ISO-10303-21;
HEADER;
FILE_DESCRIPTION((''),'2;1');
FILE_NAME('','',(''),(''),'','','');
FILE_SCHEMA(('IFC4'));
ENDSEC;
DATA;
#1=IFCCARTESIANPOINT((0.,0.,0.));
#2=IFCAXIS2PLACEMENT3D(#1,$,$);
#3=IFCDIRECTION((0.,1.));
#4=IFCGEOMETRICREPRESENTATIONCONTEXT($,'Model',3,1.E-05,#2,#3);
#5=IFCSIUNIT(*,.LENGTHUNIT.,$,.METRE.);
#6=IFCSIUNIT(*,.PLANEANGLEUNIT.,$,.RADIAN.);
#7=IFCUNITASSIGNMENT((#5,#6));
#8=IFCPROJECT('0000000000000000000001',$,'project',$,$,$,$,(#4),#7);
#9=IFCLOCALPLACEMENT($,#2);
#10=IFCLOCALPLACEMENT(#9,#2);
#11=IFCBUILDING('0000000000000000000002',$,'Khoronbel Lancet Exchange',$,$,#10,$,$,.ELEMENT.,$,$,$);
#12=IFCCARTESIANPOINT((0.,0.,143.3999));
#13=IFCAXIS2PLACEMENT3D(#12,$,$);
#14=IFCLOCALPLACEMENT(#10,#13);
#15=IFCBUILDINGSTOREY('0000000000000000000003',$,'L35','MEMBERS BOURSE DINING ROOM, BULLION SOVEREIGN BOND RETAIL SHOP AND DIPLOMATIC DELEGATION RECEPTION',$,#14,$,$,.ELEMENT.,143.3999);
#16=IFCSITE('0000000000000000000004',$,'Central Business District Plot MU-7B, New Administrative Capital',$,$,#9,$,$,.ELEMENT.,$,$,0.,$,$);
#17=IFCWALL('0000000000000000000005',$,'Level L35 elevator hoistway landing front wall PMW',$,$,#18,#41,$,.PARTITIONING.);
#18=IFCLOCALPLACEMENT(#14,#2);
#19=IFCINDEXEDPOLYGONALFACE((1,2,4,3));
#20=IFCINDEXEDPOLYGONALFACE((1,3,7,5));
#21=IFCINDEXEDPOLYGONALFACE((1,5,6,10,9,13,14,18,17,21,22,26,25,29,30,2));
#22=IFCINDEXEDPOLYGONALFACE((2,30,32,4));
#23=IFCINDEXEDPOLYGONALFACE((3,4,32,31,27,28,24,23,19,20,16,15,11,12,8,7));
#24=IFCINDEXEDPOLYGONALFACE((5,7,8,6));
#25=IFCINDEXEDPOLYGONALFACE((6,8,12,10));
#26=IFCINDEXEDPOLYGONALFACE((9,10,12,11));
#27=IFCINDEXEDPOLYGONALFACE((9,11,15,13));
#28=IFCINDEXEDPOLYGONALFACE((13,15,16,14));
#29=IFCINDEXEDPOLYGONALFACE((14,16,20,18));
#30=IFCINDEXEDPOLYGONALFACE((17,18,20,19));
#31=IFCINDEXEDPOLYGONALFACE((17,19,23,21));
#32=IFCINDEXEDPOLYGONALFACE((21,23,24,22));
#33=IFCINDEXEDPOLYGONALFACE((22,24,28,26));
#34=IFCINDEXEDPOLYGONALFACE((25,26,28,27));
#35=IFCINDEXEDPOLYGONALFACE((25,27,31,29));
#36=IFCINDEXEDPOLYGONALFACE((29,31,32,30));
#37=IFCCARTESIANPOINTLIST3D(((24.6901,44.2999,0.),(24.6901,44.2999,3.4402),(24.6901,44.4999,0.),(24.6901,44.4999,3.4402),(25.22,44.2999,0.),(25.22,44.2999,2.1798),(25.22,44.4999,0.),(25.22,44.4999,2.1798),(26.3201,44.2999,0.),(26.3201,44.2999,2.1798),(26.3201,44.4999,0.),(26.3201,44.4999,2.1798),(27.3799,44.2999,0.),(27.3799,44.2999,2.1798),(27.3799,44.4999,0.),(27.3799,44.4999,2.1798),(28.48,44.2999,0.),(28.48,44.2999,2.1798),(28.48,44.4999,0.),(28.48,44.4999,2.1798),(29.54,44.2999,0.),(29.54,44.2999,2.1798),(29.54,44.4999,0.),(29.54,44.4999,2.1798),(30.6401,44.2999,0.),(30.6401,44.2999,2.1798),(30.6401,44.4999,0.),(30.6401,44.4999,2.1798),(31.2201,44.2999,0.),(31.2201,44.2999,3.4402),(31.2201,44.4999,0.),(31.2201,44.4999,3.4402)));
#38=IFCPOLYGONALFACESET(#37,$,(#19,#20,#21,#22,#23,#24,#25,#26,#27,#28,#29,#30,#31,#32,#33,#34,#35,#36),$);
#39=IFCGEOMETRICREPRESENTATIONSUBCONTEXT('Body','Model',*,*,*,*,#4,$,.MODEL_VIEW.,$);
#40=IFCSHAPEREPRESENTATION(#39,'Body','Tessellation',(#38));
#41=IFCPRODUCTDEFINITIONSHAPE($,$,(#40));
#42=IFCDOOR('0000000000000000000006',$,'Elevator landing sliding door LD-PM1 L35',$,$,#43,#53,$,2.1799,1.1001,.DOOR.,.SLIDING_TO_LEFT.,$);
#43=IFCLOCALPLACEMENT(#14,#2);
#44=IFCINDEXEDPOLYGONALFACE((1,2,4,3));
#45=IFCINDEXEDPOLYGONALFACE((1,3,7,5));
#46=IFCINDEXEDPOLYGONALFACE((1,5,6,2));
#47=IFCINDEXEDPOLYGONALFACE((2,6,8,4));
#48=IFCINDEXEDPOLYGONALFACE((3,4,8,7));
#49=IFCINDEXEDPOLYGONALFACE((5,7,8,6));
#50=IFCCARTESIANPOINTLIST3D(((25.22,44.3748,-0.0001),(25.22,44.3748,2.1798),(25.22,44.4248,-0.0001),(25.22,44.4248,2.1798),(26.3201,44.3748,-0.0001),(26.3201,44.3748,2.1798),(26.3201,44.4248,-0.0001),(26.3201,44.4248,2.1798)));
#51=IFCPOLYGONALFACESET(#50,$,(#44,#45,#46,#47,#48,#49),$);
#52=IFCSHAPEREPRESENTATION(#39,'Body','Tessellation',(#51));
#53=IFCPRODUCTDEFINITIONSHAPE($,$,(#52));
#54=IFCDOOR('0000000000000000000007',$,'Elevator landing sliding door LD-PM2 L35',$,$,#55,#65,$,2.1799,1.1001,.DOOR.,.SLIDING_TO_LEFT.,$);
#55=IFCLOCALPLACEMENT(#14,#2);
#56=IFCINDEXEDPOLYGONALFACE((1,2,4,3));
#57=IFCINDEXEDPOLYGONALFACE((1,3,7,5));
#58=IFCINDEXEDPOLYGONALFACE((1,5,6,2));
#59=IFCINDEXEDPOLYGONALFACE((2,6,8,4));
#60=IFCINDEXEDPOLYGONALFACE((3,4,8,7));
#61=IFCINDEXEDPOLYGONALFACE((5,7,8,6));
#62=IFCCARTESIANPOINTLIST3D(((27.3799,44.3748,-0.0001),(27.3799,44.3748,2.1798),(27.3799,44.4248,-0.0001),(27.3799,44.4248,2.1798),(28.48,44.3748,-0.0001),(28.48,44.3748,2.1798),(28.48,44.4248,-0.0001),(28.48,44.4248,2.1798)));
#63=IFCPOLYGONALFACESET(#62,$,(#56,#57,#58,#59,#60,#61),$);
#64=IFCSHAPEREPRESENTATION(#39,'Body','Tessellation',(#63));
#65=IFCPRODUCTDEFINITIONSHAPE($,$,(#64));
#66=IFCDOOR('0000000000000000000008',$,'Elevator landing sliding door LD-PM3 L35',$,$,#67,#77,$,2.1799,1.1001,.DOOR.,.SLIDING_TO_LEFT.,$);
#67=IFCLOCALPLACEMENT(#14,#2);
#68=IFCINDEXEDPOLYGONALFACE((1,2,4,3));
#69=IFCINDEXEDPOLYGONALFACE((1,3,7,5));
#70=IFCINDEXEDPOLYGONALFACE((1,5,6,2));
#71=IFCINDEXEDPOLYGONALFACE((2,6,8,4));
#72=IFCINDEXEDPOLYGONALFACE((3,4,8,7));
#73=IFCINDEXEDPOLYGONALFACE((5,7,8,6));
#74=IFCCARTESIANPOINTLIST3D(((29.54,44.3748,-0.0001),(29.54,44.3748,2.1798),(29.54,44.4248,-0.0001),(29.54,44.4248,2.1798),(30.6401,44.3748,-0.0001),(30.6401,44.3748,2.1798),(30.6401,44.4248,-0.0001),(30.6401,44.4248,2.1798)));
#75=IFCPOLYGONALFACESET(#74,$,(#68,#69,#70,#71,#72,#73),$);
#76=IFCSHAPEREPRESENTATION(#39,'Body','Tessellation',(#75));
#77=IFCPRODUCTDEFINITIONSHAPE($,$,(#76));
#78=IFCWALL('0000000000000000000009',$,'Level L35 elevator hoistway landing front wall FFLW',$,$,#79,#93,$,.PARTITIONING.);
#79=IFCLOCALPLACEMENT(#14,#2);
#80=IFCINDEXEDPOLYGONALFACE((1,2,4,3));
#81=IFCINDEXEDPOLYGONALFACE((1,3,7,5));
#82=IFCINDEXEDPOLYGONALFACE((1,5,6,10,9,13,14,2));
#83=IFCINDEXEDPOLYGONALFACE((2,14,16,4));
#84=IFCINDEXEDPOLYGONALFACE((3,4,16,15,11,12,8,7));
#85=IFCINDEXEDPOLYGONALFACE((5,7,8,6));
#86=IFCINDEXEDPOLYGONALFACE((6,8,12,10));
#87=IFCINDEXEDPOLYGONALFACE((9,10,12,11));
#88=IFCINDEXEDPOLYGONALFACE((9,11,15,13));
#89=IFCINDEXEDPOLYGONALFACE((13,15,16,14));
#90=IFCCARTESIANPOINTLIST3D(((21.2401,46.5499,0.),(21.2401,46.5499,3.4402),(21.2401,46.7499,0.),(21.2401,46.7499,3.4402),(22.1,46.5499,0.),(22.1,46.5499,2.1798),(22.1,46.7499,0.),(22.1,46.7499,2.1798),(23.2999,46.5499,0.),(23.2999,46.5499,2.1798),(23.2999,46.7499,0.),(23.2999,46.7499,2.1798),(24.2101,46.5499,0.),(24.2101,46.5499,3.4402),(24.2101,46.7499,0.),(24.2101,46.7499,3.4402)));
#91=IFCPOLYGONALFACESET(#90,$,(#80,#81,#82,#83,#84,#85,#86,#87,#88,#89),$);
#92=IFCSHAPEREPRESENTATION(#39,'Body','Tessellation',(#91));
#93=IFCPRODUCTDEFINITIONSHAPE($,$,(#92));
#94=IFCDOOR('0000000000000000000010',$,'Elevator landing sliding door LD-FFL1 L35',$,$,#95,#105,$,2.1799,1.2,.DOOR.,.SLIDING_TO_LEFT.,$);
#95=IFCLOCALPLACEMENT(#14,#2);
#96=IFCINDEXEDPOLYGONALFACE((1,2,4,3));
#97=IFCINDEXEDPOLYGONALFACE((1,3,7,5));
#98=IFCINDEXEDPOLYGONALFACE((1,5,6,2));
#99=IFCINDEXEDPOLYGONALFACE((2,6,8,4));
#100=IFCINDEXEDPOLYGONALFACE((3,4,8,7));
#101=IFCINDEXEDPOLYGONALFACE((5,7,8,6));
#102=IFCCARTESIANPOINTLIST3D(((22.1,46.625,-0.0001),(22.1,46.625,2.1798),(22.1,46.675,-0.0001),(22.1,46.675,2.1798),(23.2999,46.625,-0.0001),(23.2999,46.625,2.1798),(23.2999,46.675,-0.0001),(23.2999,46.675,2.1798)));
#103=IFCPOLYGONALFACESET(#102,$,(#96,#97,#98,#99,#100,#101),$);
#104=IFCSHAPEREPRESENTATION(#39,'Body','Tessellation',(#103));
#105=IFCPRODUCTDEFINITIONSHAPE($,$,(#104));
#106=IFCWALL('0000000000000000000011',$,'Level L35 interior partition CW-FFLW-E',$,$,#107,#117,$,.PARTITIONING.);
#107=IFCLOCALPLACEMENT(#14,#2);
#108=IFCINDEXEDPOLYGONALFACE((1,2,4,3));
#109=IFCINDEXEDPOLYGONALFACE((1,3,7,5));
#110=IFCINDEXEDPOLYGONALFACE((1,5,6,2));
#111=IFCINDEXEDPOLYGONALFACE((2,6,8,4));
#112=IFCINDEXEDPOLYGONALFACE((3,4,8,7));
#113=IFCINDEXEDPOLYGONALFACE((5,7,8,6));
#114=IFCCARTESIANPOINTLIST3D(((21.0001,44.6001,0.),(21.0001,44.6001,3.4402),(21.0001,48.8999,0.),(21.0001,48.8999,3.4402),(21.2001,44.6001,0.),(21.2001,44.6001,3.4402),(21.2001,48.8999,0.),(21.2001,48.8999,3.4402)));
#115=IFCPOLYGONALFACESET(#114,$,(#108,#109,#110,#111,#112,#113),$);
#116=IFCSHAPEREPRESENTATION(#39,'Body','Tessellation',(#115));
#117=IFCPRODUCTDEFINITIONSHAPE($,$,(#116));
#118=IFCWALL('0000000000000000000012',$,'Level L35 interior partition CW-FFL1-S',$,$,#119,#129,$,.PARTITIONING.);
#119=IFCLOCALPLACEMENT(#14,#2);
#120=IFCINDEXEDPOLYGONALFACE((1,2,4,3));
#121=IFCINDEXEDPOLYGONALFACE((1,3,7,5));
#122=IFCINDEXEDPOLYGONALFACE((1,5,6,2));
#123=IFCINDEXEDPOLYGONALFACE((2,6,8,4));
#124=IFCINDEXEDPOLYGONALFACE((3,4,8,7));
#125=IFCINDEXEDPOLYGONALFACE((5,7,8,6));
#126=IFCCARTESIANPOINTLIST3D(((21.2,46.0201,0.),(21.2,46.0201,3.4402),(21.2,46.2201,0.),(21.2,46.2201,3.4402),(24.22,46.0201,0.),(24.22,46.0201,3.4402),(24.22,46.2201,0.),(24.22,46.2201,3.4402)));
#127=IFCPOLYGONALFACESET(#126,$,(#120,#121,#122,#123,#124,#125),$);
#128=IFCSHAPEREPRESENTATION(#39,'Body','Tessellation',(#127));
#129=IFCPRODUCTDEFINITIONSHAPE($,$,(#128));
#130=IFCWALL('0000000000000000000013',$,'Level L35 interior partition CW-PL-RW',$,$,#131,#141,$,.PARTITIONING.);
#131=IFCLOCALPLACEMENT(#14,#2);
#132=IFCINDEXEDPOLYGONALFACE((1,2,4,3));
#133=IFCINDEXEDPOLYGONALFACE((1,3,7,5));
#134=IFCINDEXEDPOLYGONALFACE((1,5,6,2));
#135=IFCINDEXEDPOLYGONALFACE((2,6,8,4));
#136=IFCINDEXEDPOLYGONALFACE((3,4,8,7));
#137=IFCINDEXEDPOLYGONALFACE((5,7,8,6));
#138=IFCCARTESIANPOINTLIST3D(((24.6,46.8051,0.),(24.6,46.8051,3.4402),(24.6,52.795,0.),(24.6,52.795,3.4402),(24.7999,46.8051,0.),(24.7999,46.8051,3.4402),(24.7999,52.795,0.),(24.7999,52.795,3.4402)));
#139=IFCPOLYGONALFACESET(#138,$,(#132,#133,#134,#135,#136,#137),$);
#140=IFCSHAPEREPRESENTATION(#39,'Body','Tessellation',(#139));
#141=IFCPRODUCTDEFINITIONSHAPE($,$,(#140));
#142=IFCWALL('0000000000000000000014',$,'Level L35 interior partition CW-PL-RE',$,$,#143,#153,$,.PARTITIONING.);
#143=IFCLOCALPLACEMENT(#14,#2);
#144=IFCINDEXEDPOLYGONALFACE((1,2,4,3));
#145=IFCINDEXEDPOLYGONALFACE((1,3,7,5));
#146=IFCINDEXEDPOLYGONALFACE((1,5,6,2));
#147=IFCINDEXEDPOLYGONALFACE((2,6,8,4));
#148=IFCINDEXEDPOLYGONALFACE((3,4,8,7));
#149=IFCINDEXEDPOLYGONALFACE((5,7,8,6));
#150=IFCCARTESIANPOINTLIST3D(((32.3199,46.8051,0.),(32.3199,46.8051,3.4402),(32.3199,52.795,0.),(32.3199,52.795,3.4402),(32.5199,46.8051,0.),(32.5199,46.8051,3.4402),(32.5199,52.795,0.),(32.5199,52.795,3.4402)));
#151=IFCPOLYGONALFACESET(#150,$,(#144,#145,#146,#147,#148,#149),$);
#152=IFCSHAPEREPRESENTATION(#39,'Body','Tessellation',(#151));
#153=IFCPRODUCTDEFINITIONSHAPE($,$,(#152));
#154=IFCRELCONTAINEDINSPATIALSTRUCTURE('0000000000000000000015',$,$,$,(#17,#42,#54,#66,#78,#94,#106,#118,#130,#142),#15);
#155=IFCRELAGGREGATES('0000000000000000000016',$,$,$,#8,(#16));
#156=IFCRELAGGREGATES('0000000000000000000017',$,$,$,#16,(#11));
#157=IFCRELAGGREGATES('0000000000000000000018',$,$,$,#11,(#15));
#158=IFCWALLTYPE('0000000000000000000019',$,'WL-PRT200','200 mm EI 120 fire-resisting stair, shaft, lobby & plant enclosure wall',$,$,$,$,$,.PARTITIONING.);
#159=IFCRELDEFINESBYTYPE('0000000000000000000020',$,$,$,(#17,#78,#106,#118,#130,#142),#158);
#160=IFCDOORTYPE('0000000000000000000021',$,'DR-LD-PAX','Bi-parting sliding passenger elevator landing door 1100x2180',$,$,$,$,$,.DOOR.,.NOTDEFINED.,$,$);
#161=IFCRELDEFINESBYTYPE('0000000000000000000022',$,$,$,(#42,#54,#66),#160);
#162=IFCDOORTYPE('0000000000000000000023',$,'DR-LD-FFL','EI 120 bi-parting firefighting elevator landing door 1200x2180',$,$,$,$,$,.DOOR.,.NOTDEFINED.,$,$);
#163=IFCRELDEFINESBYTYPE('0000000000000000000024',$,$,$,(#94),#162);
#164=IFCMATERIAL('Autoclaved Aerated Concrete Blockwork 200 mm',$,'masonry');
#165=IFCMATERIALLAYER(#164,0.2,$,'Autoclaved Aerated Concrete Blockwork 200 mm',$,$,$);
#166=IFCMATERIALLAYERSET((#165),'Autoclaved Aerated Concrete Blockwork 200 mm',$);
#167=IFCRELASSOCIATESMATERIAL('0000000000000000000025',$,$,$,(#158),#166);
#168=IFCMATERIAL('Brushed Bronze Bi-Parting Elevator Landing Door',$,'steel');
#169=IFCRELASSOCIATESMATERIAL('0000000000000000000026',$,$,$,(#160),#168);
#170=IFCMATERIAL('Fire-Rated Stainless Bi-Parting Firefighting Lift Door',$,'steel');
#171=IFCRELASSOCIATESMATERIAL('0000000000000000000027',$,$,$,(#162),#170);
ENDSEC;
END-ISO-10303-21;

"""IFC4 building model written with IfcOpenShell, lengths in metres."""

from ifc_helpers import new_model, si_unit, direction, frame, frame_2d, origin, place, context, subcontext, project, spatial, rectangle, extrude, material, layer, layer_set, type_object, element, fill, save


model = new_model("IFC4")

# Units and contexts
model_context = context("Model", 3, precision=1e-05, world=origin(), true_north=direction((0.0, 1.0)))
body_context = subcontext(model_context, "Body", "Model", "MODEL_VIEW")
ifc_project = project(units=[si_unit("LENGTHUNIT", "METRE"), si_unit("PLANEANGLEUNIT", "RADIAN")], contexts=[model_context])

# Site, building, storey
site_placement = place(None, origin())
site = spatial("IfcSite", under=ifc_project, at=site_placement, Name="Central Business District Plot MU-7B, New Administrative Capital", CompositionType="ELEMENT", RefElevation=0.0)
building_placement = place(site_placement, origin())
building = spatial("IfcBuilding", under=site, at=building_placement, Name="Khoronbel Lancet Exchange", CompositionType="ELEMENT")
storey_placement = place(building_placement, frame((0.0, 0.0, 143.3999)))
storey = spatial("IfcBuildingStorey", under=building, at=storey_placement, Name="L35", Description="MEMBERS BOURSE DINING ROOM, BULLION SOVEREIGN BOND RETAIL SHOP AND DIPLOMATIC DELEGATION RECEPTION", CompositionType="ELEMENT", Elevation=143.3999)

# Wall, openings, doors
ifc_material_1 = material(Name="Autoclaved Aerated Concrete Blockwork 200 mm", Category="masonry")
ifc_layer_1 = layer(ifc_material_1, 0.2, Name="Autoclaved Aerated Concrete Blockwork 200 mm")
ifc_layer_set_1 = layer_set([ifc_layer_1], Name="Autoclaved Aerated Concrete Blockwork 200 mm")
wall_type_1 = type_object("IfcWallType", Name="WL-PRT200", Description="200 mm EI 120 fire-resisting stair, shaft, lobby & plant enclosure wall", PredefinedType="PARTITIONING", material=ifc_layer_set_1)
wall_1_placement = place(storey_placement, frame((24.6899, 44.3999, 0.0), z_axis=(0.0, 0.0, 1.0), x_axis=(1.0, 0.0, 0.0)))
wall_1 = element("IfcWall", 1, at=wall_1_placement, inside=storey, type_object=wall_type_1, Name="Level L35 elevator hoistway landing front wall PMW", PredefinedType="PARTITIONING", context=body_context, shape_type="SweptSolid", body=[
    extrude(rectangle(XDim=6.53, YDim=0.2, at=frame_2d((3.2651, 0.0))), origin(), (0.0, 0.0, 1.0), 3.4402),
])
opening_1_placement = place(wall_1_placement, frame((0.53, 0.0, 0.0)))
opening_1 = element("IfcOpeningElement", 2, at=opening_1_placement, cuts=wall_1, PredefinedType="OPENING", context=body_context, shape_type="SweptSolid", body=[
    extrude(rectangle(XDim=1.1001, YDim=2.1799, at=frame_2d((0.55, 1.0898))), frame((0.0, 0.1099, 0.0), z_axis=(0.0, -1.0, 0.0), x_axis=(1.0, 0.0, 0.0)), (0.0, 0.0, 1.0), 0.22),
])
opening_2_placement = place(wall_1_placement, frame((2.6899, 0.0, 0.0)))
opening_2 = element("IfcOpeningElement", 3, at=opening_2_placement, cuts=wall_1, PredefinedType="OPENING", context=body_context, shape_type="SweptSolid", body=[
    extrude(rectangle(XDim=1.1001, YDim=2.1799, at=frame_2d((0.55, 1.0898))), frame((0.0, 0.1099, 0.0), z_axis=(0.0, -1.0, 0.0), x_axis=(1.0, 0.0, 0.0)), (0.0, 0.0, 1.0), 0.22),
])
opening_3_placement = place(wall_1_placement, frame((4.8501, 0.0, 0.0)))
opening_3 = element("IfcOpeningElement", 4, at=opening_3_placement, cuts=wall_1, PredefinedType="OPENING", context=body_context, shape_type="SweptSolid", body=[
    extrude(rectangle(XDim=1.1001, YDim=2.1799, at=frame_2d((0.55, 1.0898))), frame((0.0, 0.1099, 0.0), z_axis=(0.0, -1.0, 0.0), x_axis=(1.0, 0.0, 0.0)), (0.0, 0.0, 1.0), 0.22),
])
ifc_material_2 = material(Name="Brushed Bronze Bi-Parting Elevator Landing Door", Category="steel")
door_type_1 = type_object("IfcDoorType", Name="DR-LD-PAX", Description="Bi-parting sliding passenger elevator landing door 1100x2180", OperationType="NOTDEFINED", PredefinedType="DOOR", material=ifc_material_2)
door_1_placement = place(opening_1_placement, origin())
door_1 = element("IfcDoor", 5, at=door_1_placement, inside=storey, type_object=door_type_1, Name="Elevator landing sliding door LD-PM1 L35", OperationType="SLIDING_TO_LEFT", OverallHeight=2.1799, OverallWidth=1.1001, PredefinedType="DOOR", context=body_context, shape_type="SweptSolid", body=[
    extrude(rectangle(XDim=1.1001, YDim=2.1799, at=frame_2d((0.55, 1.0898))), frame((0.0, 0.0249, 0.0), z_axis=(0.0, -1.0, 0.0), x_axis=(1.0, 0.0, 0.0)), (0.0, 0.0, 1.0), 0.05),
])
fill(opening_1, door_1)
door_2_placement = place(opening_2_placement, origin())
door_2 = element("IfcDoor", 6, at=door_2_placement, inside=storey, type_object=door_type_1, Name="Elevator landing sliding door LD-PM2 L35", OperationType="SLIDING_TO_LEFT", OverallHeight=2.1799, OverallWidth=1.1001, PredefinedType="DOOR", context=body_context, shape_type="SweptSolid", body=[
    extrude(rectangle(XDim=1.1001, YDim=2.1799, at=frame_2d((0.55, 1.0898))), frame((0.0, 0.0249, 0.0), z_axis=(0.0, -1.0, 0.0), x_axis=(1.0, 0.0, 0.0)), (0.0, 0.0, 1.0), 0.05),
])
fill(opening_2, door_2)
door_3_placement = place(opening_3_placement, origin())
door_3 = element("IfcDoor", 7, at=door_3_placement, inside=storey, type_object=door_type_1, Name="Elevator landing sliding door LD-PM3 L35", OperationType="SLIDING_TO_LEFT", OverallHeight=2.1799, OverallWidth=1.1001, PredefinedType="DOOR", context=body_context, shape_type="SweptSolid", body=[
    extrude(rectangle(XDim=1.1001, YDim=2.1799, at=frame_2d((0.55, 1.0898))), frame((0.0, 0.0249, 0.0), z_axis=(0.0, -1.0, 0.0), x_axis=(1.0, 0.0, 0.0)), (0.0, 0.0, 1.0), 0.05),
])
fill(opening_3, door_3)

# Wall, opening, door
wall_2_placement = place(storey_placement, frame((24.21, 46.6499, 0.0), z_axis=(0.0, 0.0, 1.0), x_axis=(-1.0, 0.0, 0.0)))
wall_2 = element("IfcWall", 8, at=wall_2_placement, inside=storey, type_object=wall_type_1, Name="Level L35 elevator hoistway landing front wall FFLW", PredefinedType="PARTITIONING", context=body_context, shape_type="SweptSolid", body=[
    extrude(rectangle(XDim=2.97, YDim=0.2, at=frame_2d((1.4849, 0.0))), origin(), (0.0, 0.0, 1.0), 3.4402),
])
opening_4_placement = place(wall_2_placement, frame((0.9099, 0.0, 0.0)))
opening_4 = element("IfcOpeningElement", 9, at=opening_4_placement, cuts=wall_2, PredefinedType="OPENING", context=body_context, shape_type="SweptSolid", body=[
    extrude(rectangle(XDim=1.2, YDim=2.1799, at=frame_2d((0.6001, 1.0898))), frame((0.0, 0.1099, 0.0), z_axis=(0.0, -1.0, 0.0), x_axis=(1.0, 0.0, 0.0)), (0.0, 0.0, 1.0), 0.22),
])
ifc_material_3 = material(Name="Fire-Rated Stainless Bi-Parting Firefighting Lift Door", Category="steel")
door_type_2 = type_object("IfcDoorType", Name="DR-LD-FFL", Description="EI 120 bi-parting firefighting elevator landing door 1200x2180", OperationType="NOTDEFINED", PredefinedType="DOOR", material=ifc_material_3)
door_4_placement = place(opening_4_placement, origin())
door_4 = element("IfcDoor", 10, at=door_4_placement, inside=storey, type_object=door_type_2, Name="Elevator landing sliding door LD-FFL1 L35", OperationType="SLIDING_TO_LEFT", OverallHeight=2.1799, OverallWidth=1.2, PredefinedType="DOOR", context=body_context, shape_type="SweptSolid", body=[
    extrude(rectangle(XDim=1.2, YDim=2.1799, at=frame_2d((0.6001, 1.0898))), frame((0.0, 0.0249, 0.0), z_axis=(0.0, -1.0, 0.0), x_axis=(1.0, 0.0, 0.0)), (0.0, 0.0, 1.0), 0.05),
])
fill(opening_4, door_4)

# Walls
wall_3_placement = place(storey_placement, frame((21.1001, 44.6001, 0.0), z_axis=(0.0, 0.0, 1.0), x_axis=(0.0, 1.0, 0.0)))
element("IfcWall", 11, at=wall_3_placement, inside=storey, type_object=wall_type_1, Name="Level L35 interior partition CW-FFLW-E", PredefinedType="PARTITIONING", context=body_context, shape_type="SweptSolid", body=[
    extrude(rectangle(XDim=4.2998, YDim=0.2, at=frame_2d((2.1499, 0.0))), origin(), (0.0, 0.0, 1.0), 3.4402),
])
wall_4_placement = place(storey_placement, frame((21.2, 46.1201, 0.0), z_axis=(0.0, 0.0, 1.0), x_axis=(1.0, 0.0, 0.0)))
element("IfcWall", 12, at=wall_4_placement, inside=storey, type_object=wall_type_1, Name="Level L35 interior partition CW-FFL1-S", PredefinedType="PARTITIONING", context=body_context, shape_type="SweptSolid", body=[
    extrude(rectangle(XDim=3.02, YDim=0.2, at=frame_2d((1.51, 0.0))), origin(), (0.0, 0.0, 1.0), 3.4402),
])
for number, where, z_axis, x_axis, name in (
    (13, (24.7, 46.8049, 0.0), (0.0, 0.0, 1.0), (0.0, 1.0, 0.0), "Level L35 interior partition CW-PL-RW"),
    (14, (32.4199, 46.8049, 0.0), (0.0, 0.0, 1.0), (0.0, 1.0, 0.0), "Level L35 interior partition CW-PL-RE"),
):
    element("IfcWall", number, at=place(storey_placement, frame(where, z_axis=z_axis, x_axis=x_axis)), inside=storey, type_object=wall_type_1, Name=name, PredefinedType="PARTITIONING", context=body_context, shape_type="SweptSolid", body=[
        extrude(rectangle(XDim=5.99, YDim=0.2, at=frame_2d((2.9951, 0.0))), origin(), (0.0, 0.0, 1.0), 3.4402),
    ])

save(model, "model.ifc")
